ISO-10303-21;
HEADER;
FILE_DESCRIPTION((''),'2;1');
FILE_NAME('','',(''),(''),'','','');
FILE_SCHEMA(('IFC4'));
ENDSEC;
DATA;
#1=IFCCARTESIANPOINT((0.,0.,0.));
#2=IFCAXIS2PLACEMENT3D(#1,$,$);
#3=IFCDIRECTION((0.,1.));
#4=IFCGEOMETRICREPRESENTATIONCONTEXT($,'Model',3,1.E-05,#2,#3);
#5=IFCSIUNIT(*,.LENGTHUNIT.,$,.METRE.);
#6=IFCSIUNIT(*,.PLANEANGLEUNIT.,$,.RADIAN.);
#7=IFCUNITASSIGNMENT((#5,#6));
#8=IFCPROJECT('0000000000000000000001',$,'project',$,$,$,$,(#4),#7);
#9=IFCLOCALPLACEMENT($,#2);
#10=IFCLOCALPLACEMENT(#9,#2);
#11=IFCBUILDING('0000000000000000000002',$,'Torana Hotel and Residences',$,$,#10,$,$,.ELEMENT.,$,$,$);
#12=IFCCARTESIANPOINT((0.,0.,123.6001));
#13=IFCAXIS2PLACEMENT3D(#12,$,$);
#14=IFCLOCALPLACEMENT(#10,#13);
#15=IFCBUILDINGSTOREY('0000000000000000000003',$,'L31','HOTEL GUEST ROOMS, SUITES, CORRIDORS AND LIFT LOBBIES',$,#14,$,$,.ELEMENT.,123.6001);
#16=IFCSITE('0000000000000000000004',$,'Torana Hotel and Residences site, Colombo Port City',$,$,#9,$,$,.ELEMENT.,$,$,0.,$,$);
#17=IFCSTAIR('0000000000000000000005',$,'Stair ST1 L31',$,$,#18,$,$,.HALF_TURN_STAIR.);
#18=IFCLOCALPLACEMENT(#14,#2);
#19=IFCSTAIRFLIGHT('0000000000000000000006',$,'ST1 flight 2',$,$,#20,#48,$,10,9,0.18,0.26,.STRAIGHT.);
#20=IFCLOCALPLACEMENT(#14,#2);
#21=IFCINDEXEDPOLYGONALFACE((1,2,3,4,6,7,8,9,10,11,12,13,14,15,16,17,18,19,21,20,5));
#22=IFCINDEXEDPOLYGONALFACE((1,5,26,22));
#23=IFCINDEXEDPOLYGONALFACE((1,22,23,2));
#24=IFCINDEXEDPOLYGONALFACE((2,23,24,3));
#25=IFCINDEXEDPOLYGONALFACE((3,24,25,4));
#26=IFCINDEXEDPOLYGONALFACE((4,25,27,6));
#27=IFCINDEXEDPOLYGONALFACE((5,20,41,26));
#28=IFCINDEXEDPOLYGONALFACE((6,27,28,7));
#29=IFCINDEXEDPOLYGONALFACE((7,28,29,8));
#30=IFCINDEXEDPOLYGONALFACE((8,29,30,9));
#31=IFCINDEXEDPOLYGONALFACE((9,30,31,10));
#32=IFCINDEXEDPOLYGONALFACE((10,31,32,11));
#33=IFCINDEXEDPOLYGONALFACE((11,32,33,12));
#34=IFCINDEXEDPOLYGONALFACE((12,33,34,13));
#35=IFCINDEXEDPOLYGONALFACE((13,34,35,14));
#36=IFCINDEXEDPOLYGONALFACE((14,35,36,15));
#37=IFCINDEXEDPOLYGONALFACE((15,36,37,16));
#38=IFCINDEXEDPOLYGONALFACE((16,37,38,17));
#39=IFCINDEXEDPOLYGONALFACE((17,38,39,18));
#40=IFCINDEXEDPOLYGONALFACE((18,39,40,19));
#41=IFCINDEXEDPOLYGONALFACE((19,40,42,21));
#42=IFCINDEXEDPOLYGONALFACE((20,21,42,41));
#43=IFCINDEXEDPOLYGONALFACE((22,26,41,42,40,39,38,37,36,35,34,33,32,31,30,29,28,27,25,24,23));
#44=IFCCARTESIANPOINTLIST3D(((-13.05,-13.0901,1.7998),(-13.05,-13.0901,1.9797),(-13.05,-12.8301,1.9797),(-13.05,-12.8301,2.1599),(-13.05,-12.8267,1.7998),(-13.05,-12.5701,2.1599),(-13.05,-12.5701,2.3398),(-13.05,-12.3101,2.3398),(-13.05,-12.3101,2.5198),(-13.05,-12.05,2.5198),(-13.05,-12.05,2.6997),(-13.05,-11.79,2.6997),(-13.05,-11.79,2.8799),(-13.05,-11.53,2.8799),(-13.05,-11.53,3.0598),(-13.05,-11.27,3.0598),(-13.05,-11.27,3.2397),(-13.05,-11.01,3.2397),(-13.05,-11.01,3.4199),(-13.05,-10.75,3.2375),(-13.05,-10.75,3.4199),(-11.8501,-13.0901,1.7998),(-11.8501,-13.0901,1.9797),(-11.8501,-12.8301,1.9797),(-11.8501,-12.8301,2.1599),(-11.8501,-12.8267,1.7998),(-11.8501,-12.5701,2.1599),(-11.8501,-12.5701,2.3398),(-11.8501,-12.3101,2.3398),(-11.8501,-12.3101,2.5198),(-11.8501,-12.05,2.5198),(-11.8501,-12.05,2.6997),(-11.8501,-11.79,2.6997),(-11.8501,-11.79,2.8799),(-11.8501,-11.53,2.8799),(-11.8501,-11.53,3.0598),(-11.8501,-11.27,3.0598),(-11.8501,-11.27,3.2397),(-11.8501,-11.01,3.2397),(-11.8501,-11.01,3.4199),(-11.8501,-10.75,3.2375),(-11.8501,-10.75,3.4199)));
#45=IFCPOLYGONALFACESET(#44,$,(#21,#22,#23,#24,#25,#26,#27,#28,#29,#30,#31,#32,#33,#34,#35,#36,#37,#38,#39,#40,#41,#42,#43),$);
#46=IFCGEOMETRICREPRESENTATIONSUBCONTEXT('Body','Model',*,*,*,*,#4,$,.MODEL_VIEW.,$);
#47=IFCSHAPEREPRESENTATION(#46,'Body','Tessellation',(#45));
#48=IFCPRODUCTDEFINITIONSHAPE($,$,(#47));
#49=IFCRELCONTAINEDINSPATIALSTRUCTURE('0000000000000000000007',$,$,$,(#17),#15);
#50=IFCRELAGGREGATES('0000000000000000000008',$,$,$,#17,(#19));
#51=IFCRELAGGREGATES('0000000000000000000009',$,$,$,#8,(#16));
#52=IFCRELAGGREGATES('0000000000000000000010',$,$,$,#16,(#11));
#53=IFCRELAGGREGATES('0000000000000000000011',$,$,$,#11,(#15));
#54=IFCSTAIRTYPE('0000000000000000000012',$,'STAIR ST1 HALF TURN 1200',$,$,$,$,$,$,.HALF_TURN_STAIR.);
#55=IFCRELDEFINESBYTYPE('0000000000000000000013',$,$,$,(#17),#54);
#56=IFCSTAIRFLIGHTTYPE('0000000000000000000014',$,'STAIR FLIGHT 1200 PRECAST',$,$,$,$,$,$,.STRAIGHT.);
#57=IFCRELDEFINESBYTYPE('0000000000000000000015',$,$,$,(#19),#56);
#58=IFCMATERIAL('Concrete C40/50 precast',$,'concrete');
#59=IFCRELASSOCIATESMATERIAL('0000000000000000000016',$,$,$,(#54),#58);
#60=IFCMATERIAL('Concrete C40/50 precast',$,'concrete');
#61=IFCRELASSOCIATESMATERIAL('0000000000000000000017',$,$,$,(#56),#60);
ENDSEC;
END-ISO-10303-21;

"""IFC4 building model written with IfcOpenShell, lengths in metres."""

from ifc_helpers import new_model, si_unit, direction, frame, origin, place, context, subcontext, project, spatial, polyline, outline, extrude, material, type_object, element, aggregate, save


model = new_model("IFC4")

# Units and contexts
model_context = context("Model", 3, precision=1e-05, world=origin(), true_north=direction((0.0, 1.0)))
body_context = subcontext(model_context, "Body", "Model", "MODEL_VIEW")
ifc_project = project(units=[si_unit("LENGTHUNIT", "METRE"), si_unit("PLANEANGLEUNIT", "RADIAN")], contexts=[model_context])

# Site, building, storey
site_placement = place(None, origin())
site = spatial("IfcSite", under=ifc_project, at=site_placement, Name="Torana Hotel and Residences site, Colombo Port City", CompositionType="ELEMENT", RefElevation=0.0)
building_placement = place(site_placement, origin())
building = spatial("IfcBuilding", under=site, at=building_placement, Name="Torana Hotel and Residences", CompositionType="ELEMENT")
storey_placement = place(building_placement, frame((0.0, 0.0, 123.6001)))
storey = spatial("IfcBuildingStorey", under=building, at=storey_placement, Name="L31", Description="HOTEL GUEST ROOMS, SUITES, CORRIDORS AND LIFT LOBBIES", CompositionType="ELEMENT", Elevation=123.6001)

# Stair, stair flight
ifc_material_1 = material(Name="Concrete C40/50 precast", Category="concrete")
stair_type = type_object("IfcStairType", Name="STAIR ST1 HALF TURN 1200", PredefinedType="HALF_TURN_STAIR", material=ifc_material_1)
stair_placement = place(storey_placement, origin())
stair = element("IfcStair", 1, at=stair_placement, inside=storey, type_object=stair_type, Name="Stair ST1 L31", PredefinedType="HALF_TURN_STAIR")
ifc_material_2 = material(Name="Concrete C40/50 precast", Category="concrete")
stair_flight_type = type_object("IfcStairFlightType", Name="STAIR FLIGHT 1200 PRECAST", PredefinedType="STRAIGHT", material=ifc_material_2)
stair_flight_placement = place(storey_placement, frame((-12.45, -13.0901, 1.7998), z_axis=(0.0, 0.0, 1.0), x_axis=(0.0, 1.0, 0.0)))
stair_flight = element("IfcStairFlight", 2, at=stair_flight_placement, type_object=stair_flight_type, Name="ST1 flight 2", NumberOfRisers=10, NumberOfTreads=9, PredefinedType="STRAIGHT", RiserHeight=0.18, TreadLength=0.26, context=body_context, shape_type="SweptSolid", body=[
    extrude(outline(polyline([(0.0, 0.0), (0.0, 0.1799), (0.26, 0.1799), (0.26, 0.3601), (0.52, 0.3601), (0.52, 0.54), (0.78, 0.54), (0.78, 0.72), (1.04, 0.72), (1.04, 0.8999), (1.3, 0.8999), (1.3, 1.0801), (1.5601, 1.0801), (1.5601, 1.26), (1.8201, 1.26), (1.8201, 1.4399), (2.0801, 1.4399), (2.0801, 1.6201), (2.3401, 1.6201), (2.3401, 1.8), (2.3401, 1.4377), (0.2634, 0.0), (0.0, 0.0)])), frame((0.0, 0.6001, 0.0), z_axis=(0.0, -1.0, 0.0), x_axis=(1.0, 0.0, 0.0)), (0.0, 0.0, 1.0), 1.2),
])
aggregate(stair, [stair_flight])

save(model, "model.ifc")
